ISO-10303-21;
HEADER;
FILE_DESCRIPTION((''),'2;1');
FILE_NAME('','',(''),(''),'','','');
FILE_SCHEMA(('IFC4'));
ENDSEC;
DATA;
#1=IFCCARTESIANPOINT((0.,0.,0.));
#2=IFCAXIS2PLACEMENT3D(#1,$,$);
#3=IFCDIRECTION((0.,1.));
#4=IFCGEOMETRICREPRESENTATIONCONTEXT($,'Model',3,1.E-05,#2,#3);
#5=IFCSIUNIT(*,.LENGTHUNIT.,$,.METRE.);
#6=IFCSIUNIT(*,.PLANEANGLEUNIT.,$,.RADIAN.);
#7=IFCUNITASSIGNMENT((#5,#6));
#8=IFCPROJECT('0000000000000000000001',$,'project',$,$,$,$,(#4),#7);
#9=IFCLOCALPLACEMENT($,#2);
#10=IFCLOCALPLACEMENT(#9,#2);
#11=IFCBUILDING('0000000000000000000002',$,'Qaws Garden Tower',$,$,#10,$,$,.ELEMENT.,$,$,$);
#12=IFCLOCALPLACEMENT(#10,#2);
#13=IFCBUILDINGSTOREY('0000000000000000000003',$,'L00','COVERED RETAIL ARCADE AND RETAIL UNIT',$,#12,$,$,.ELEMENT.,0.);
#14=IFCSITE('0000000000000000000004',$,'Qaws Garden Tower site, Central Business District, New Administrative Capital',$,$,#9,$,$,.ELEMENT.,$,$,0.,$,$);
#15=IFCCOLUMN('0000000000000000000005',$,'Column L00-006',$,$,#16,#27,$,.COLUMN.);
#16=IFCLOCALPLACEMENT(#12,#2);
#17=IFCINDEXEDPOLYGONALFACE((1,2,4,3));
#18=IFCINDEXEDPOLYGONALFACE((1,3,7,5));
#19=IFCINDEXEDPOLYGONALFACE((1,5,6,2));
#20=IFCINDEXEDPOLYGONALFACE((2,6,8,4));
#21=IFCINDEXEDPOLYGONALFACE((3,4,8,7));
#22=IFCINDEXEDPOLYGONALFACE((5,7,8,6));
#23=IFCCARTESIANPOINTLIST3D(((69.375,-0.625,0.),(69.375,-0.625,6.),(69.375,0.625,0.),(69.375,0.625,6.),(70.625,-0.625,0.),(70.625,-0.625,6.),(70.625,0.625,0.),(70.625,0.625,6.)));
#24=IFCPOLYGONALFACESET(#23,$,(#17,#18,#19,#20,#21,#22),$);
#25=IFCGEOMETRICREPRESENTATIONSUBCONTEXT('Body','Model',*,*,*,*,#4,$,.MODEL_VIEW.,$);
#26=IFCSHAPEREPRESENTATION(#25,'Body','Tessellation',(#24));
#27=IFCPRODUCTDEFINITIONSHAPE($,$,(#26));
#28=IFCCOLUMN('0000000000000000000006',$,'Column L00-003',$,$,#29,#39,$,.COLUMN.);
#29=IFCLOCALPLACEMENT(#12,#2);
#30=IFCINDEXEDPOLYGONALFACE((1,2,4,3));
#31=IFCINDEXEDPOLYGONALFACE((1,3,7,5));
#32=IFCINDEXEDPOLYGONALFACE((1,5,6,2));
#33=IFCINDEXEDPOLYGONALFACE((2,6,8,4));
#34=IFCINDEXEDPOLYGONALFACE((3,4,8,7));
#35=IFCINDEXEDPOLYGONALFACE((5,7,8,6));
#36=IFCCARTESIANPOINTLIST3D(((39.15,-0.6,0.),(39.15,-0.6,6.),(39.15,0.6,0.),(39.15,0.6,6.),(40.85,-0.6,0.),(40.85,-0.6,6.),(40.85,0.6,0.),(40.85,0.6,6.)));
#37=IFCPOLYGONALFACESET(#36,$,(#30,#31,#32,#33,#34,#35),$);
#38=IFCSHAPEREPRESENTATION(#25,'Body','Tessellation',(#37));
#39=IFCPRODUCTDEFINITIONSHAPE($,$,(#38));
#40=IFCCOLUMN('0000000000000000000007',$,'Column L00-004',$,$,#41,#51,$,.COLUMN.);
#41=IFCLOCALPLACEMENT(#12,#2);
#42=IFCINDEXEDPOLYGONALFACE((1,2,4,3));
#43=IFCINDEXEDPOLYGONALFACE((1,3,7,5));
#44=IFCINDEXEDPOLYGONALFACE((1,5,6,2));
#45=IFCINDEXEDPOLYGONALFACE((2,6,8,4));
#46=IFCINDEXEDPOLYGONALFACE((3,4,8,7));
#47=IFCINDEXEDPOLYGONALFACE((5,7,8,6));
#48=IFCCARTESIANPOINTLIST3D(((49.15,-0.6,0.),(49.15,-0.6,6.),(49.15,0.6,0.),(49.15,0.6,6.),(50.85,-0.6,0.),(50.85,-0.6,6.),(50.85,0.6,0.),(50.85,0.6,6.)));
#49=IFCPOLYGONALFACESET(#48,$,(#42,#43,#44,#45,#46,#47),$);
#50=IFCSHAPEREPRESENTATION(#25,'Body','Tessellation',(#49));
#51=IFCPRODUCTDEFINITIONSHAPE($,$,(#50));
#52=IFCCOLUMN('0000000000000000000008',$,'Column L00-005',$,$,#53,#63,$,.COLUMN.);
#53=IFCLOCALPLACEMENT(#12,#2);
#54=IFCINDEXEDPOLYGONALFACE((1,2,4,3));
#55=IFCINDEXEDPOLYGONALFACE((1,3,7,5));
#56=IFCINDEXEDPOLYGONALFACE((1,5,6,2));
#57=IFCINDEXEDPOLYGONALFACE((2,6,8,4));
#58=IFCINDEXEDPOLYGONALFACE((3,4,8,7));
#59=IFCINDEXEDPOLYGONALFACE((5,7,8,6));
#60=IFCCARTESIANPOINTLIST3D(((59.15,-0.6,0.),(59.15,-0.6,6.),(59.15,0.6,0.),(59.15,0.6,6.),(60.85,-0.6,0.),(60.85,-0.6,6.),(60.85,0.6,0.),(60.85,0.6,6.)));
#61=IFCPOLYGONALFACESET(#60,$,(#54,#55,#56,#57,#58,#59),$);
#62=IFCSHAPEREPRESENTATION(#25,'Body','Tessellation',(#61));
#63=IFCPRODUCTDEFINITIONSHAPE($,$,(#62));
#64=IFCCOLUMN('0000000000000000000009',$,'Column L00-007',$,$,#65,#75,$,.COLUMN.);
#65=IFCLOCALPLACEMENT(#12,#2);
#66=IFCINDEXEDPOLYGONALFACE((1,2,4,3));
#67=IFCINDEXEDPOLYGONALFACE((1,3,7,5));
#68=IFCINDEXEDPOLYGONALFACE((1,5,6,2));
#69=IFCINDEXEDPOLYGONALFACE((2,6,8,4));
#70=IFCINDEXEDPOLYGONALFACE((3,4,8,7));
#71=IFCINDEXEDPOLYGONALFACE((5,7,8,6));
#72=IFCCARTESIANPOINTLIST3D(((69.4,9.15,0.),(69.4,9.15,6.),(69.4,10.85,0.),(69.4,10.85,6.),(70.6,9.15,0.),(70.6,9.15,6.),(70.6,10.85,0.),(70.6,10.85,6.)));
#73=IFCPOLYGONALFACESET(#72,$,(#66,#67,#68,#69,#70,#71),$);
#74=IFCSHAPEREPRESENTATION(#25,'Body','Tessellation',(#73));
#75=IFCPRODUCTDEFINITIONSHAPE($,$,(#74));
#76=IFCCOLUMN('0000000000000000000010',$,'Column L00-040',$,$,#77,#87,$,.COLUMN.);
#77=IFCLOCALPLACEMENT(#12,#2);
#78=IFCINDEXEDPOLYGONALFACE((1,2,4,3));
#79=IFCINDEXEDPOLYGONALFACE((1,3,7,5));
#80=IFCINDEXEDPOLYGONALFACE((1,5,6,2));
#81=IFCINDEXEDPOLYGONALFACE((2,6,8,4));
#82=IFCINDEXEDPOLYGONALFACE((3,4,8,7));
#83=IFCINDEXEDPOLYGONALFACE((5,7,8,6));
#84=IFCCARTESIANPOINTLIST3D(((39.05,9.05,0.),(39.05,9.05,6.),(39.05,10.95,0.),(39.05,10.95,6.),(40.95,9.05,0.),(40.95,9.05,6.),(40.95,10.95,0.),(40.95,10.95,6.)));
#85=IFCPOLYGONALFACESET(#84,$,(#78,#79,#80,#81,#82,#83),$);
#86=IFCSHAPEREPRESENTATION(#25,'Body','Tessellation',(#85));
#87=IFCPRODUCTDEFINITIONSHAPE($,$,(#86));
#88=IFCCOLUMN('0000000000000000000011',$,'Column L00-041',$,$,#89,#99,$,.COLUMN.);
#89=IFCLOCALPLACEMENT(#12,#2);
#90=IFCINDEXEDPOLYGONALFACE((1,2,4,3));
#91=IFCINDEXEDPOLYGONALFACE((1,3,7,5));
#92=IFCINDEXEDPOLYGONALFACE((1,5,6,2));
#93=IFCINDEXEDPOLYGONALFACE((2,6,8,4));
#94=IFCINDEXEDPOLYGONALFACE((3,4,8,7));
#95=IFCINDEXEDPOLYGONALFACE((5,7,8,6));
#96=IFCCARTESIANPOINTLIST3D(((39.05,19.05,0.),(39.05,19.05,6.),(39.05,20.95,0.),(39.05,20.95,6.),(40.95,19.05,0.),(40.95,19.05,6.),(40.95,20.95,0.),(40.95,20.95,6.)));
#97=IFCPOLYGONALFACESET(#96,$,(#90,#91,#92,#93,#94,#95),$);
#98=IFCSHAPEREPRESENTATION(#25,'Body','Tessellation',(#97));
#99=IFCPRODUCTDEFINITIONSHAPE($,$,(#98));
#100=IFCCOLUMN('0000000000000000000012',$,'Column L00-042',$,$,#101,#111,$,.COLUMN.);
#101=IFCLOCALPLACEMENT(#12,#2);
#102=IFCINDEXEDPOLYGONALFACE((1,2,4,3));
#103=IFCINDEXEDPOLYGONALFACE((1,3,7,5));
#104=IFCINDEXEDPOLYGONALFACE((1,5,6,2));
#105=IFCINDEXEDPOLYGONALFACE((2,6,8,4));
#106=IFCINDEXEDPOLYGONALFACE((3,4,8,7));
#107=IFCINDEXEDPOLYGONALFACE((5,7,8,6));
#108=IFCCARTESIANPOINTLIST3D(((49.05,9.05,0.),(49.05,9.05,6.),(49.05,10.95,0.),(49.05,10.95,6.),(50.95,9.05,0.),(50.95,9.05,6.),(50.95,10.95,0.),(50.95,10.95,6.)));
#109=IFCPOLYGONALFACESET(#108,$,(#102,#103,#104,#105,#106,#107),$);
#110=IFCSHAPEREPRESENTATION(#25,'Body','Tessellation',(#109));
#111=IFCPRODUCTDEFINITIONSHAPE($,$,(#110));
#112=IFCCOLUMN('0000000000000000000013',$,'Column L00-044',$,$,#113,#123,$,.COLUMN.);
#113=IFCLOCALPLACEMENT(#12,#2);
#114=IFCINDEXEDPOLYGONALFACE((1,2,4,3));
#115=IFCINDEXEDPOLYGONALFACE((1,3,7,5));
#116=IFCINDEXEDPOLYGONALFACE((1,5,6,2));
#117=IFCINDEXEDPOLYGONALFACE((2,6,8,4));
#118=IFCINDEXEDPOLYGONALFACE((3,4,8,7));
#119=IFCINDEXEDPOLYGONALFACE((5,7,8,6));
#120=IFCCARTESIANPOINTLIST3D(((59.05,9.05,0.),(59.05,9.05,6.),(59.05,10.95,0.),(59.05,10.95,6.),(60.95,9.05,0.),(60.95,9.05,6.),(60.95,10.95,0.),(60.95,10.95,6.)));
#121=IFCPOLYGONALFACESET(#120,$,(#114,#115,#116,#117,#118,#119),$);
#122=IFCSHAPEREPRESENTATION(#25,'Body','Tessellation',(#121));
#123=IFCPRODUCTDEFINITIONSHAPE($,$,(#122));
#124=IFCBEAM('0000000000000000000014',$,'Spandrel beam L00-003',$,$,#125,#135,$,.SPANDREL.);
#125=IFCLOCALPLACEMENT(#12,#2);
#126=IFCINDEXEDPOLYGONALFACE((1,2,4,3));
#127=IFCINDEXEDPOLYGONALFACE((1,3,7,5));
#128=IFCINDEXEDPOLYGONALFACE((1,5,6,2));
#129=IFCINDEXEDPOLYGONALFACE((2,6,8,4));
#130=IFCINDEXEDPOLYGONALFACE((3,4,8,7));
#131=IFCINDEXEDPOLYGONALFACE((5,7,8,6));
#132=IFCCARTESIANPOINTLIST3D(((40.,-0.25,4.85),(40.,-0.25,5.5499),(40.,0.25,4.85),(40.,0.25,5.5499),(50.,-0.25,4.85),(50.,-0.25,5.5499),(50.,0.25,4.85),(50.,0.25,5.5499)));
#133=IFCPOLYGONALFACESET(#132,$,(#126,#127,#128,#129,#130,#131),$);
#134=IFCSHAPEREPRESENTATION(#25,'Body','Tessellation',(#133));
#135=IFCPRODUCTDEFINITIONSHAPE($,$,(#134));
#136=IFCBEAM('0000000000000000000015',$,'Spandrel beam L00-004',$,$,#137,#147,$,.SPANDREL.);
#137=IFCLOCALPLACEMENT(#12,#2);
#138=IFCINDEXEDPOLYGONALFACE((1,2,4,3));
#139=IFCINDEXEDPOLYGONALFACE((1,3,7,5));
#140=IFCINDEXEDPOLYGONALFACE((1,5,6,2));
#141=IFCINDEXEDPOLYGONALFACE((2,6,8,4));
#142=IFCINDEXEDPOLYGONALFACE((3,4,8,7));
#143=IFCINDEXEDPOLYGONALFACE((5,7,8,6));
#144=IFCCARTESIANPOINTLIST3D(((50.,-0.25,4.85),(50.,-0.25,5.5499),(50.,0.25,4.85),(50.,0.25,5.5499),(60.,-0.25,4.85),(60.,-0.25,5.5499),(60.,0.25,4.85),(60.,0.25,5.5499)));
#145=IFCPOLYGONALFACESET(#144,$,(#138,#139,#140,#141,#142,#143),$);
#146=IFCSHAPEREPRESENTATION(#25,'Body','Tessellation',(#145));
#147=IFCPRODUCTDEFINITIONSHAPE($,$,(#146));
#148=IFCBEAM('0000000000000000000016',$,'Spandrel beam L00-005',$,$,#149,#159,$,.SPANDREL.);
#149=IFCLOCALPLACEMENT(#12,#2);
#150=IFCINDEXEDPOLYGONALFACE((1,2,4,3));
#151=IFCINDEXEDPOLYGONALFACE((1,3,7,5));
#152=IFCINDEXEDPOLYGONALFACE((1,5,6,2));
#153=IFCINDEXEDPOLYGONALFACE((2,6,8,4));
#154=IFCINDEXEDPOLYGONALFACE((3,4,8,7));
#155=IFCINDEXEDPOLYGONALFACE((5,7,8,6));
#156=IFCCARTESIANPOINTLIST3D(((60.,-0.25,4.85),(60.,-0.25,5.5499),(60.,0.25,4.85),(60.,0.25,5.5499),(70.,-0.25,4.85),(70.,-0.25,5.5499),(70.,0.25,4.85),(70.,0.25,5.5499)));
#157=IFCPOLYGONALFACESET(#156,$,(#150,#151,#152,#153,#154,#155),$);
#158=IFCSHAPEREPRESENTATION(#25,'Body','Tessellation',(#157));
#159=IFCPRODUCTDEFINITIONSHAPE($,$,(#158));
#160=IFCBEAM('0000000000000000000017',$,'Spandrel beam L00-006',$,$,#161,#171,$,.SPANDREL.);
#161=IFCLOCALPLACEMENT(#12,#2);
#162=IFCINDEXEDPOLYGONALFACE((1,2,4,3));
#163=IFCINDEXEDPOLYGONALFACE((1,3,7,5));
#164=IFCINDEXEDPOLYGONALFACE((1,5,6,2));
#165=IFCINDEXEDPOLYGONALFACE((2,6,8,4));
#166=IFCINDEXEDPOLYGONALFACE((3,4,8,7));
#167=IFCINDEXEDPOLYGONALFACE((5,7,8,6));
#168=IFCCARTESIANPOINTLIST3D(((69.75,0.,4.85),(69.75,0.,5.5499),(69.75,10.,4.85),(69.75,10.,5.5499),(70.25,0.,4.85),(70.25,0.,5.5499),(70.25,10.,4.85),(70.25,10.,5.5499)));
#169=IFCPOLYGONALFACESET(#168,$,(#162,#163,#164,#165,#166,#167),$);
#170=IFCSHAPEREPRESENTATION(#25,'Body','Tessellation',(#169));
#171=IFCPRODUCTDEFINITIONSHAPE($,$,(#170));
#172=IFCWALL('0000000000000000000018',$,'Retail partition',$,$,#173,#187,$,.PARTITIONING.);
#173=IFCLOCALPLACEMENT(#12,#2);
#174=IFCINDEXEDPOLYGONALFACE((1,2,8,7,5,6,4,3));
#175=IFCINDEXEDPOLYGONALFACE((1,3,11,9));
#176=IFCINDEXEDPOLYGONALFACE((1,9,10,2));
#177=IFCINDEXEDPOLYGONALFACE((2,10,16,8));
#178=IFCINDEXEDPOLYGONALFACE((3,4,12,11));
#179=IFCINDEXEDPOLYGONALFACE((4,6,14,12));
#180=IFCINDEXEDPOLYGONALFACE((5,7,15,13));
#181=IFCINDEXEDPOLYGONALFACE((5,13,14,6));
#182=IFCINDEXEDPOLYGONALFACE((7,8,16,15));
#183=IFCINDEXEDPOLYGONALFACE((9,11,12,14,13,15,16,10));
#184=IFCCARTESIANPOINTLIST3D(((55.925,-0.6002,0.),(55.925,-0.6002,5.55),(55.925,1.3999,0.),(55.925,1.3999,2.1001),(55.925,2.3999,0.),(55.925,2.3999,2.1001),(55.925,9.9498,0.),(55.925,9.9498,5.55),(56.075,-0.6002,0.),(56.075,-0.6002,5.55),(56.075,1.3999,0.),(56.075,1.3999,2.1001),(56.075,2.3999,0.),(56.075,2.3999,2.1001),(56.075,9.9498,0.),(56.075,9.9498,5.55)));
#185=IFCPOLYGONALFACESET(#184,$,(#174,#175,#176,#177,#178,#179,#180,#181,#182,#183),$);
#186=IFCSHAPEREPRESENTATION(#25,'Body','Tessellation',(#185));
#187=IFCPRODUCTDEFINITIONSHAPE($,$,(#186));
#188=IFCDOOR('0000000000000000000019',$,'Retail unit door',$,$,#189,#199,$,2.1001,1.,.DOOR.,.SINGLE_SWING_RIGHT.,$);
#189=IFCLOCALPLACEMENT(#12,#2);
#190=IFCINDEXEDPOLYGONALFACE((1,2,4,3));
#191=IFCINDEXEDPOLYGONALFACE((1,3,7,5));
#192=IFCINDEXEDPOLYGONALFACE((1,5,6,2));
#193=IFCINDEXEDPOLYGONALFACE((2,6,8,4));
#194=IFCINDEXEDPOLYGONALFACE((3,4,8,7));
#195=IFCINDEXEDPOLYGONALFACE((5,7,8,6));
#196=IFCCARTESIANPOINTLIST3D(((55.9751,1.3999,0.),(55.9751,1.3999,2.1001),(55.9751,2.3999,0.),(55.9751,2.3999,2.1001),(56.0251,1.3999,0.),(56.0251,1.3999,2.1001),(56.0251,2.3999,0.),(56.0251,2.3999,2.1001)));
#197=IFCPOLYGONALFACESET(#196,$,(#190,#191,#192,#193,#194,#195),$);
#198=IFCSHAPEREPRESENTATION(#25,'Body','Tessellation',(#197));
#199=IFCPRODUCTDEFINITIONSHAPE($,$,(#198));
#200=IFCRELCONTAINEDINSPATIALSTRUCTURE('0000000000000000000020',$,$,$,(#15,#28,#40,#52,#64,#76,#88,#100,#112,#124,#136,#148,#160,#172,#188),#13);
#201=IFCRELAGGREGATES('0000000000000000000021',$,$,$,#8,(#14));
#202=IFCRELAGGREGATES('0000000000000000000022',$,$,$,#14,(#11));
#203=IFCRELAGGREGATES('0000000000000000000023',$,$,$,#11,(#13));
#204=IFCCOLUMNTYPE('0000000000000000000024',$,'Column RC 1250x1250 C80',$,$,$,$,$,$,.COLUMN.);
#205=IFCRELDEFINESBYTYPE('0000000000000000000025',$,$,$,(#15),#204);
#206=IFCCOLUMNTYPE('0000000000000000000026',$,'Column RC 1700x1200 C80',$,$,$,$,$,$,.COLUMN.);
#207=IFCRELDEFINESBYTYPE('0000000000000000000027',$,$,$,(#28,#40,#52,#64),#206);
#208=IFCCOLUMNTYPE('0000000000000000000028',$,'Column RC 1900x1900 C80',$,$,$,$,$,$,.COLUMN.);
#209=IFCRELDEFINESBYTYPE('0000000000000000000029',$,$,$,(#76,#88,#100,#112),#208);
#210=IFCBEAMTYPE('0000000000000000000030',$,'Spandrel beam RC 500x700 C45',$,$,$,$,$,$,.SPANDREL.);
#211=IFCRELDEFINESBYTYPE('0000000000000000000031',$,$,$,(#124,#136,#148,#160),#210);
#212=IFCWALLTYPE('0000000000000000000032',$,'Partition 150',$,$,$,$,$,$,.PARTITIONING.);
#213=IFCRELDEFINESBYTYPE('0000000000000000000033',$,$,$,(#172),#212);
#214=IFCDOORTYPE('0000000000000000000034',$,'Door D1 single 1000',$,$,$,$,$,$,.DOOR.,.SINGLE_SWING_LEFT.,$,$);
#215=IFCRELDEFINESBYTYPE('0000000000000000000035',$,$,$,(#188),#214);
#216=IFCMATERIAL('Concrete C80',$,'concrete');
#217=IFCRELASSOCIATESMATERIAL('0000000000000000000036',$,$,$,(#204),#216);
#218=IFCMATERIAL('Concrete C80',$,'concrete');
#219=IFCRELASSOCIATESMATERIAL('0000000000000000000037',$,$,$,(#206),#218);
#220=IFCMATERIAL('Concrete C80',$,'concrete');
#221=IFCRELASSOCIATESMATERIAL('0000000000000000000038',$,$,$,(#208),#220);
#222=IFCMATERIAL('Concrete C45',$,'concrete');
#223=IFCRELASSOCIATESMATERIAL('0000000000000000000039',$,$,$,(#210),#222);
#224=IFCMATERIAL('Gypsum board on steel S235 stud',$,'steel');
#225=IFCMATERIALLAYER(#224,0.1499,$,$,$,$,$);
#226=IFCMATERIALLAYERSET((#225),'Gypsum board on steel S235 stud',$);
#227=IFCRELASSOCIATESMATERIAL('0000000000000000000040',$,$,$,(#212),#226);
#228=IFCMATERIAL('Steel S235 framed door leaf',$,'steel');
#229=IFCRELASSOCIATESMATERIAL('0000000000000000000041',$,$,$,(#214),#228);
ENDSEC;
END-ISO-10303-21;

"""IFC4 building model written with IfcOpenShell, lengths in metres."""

from ifc_helpers import new_model, si_unit, direction, frame, frame_2d, origin, origin_2d, place, context, subcontext, project, spatial, rectangle, extrude, material, layer, layer_set, material_profile, profile_set, type_object, element, fill, save


model = new_model("IFC4")

# Units and contexts
model_context = context("Model", 3, precision=1e-05, world=origin(), true_north=direction((0.0, 1.0)))
body_context = subcontext(model_context, "Body", "Model", "MODEL_VIEW")
ifc_project = project(units=[si_unit("LENGTHUNIT", "METRE"), si_unit("PLANEANGLEUNIT", "RADIAN")], contexts=[model_context])

# Site, building, storey
site_placement = place(None, origin())
site = spatial("IfcSite", under=ifc_project, at=site_placement, Name="Qaws Garden Tower site, Central Business District, New Administrative Capital", CompositionType="ELEMENT", RefElevation=0.0)
building_placement = place(site_placement, origin())
building = spatial("IfcBuilding", under=site, at=building_placement, Name="Qaws Garden Tower", CompositionType="ELEMENT")
storey_placement = place(building_placement, origin())
storey = spatial("IfcBuildingStorey", under=building, at=storey_placement, Name="L00", Description="COVERED RETAIL ARCADE AND RETAIL UNIT", CompositionType="ELEMENT", Elevation=0.0)

# Columns
ifc_material_1 = material(Name="Concrete C80", Category="concrete")
ifc_material_profile_1 = material_profile(ifc_material_1, rectangle(XDim=1.25, YDim=1.25, at=origin_2d()), Name="RC 1250x1250")
ifc_profile_set_1 = profile_set([ifc_material_profile_1], Name="Concrete C80")
column_type_1 = type_object("IfcColumnType", Name="Column RC 1250x1250 C80", PredefinedType="COLUMN", material=ifc_profile_set_1)
column_placement = place(storey_placement, frame((70.0, 0.0, 0.0), z_axis=(0.0, 0.0, 1.0), x_axis=(1.0, 0.0, 0.0)))
element("IfcColumn", 1, at=column_placement, inside=storey, type_object=column_type_1, Name="Column L00-006", PredefinedType="COLUMN", context=body_context, shape_type="SweptSolid", body=[
    extrude(rectangle(XDim=1.25, YDim=1.25, at=origin_2d()), origin(), (0.0, 0.0, 1.0), 6.0),
])
ifc_material_2 = material(Name="Concrete C80", Category="concrete")
ifc_material_profile_2 = material_profile(ifc_material_2, rectangle(XDim=1.7, YDim=1.2, at=origin_2d()), Name="RC 1700x1200")
ifc_profile_set_2 = profile_set([ifc_material_profile_2], Name="Concrete C80")
column_type_2 = type_object("IfcColumnType", Name="Column RC 1700x1200 C80", PredefinedType="COLUMN", material=ifc_profile_set_2)
for number, where, z_axis, x_axis, name in (
    (2, (40.0, 0.0, 0.0), (0.0, 0.0, 1.0), (1.0, 0.0, 0.0), "Column L00-003"),
    (3, (50.0, 0.0, 0.0), (0.0, 0.0, 1.0), (1.0, 0.0, 0.0), "Column L00-004"),
    (4, (60.0, 0.0, 0.0), (0.0, 0.0, 1.0), (1.0, 0.0, 0.0), "Column L00-005"),
    (5, (70.0, 10.0, 0.0), (0.0, 0.0, 1.0), (0.0, 1.0, 0.0), "Column L00-007"),
):
    element("IfcColumn", number, at=place(storey_placement, frame(where, z_axis=z_axis, x_axis=x_axis)), inside=storey, type_object=column_type_2, Name=name, PredefinedType="COLUMN", context=body_context, shape_type="SweptSolid", body=[
        extrude(rectangle(XDim=1.7, YDim=1.2, at=origin_2d()), origin(), (0.0, 0.0, 1.0), 6.0),
    ])
ifc_material_3 = material(Name="Concrete C80", Category="concrete")
ifc_material_profile_3 = material_profile(ifc_material_3, rectangle(XDim=1.8999, YDim=1.8999, at=origin_2d()), Name="RC 1900x1900")
ifc_profile_set_3 = profile_set([ifc_material_profile_3], Name="Concrete C80")
column_type_3 = type_object("IfcColumnType", Name="Column RC 1900x1900 C80", PredefinedType="COLUMN", material=ifc_profile_set_3)
for number, where, z_axis, x_axis, name in (
    (6, (40.0, 10.0, 0.0), (0.0, 0.0, 1.0), (1.0, 0.0, 0.0), "Column L00-040"),
    (7, (40.0, 20.0, 0.0), (0.0, 0.0, 1.0), (1.0, 0.0, 0.0), "Column L00-041"),
    (8, (50.0, 10.0, 0.0), (0.0, 0.0, 1.0), (1.0, 0.0, 0.0), "Column L00-042"),
    (9, (60.0, 10.0, 0.0), (0.0, 0.0, 1.0), (1.0, 0.0, 0.0), "Column L00-044"),
):
    element("IfcColumn", number, at=place(storey_placement, frame(where, z_axis=z_axis, x_axis=x_axis)), inside=storey, type_object=column_type_3, Name=name, PredefinedType="COLUMN", context=body_context, shape_type="SweptSolid", body=[
        extrude(rectangle(XDim=1.8999, YDim=1.8999, at=origin_2d()), origin(), (0.0, 0.0, 1.0), 6.0),
    ])

# Beams
ifc_material_4 = material(Name="Concrete C45", Category="concrete")
ifc_material_profile_4 = material_profile(ifc_material_4, rectangle(XDim=0.5, YDim=0.7, at=origin_2d()), Name="RC 500x700")
ifc_profile_set_4 = profile_set([ifc_material_profile_4], Name="Concrete C45")
beam_type = type_object("IfcBeamType", Name="Spandrel beam RC 500x700 C45", PredefinedType="SPANDREL", material=ifc_profile_set_4)
for number, where, z_axis, x_axis, name in (
    (10, (40.0, 0.0, 5.2), (1.0, 0.0, 0.0), (0.0, 1.0, 0.0), "Spandrel beam L00-003"),
    (11, (50.0, 0.0, 5.2), (1.0, 0.0, 0.0), (0.0, 1.0, 0.0), "Spandrel beam L00-004"),
    (12, (60.0, 0.0, 5.2), (1.0, 0.0, 0.0), (0.0, 1.0, 0.0), "Spandrel beam L00-005"),
    (13, (70.0, 0.0, 5.2), (0.0, 1.0, 0.0), (-1.0, 0.0, 0.0), "Spandrel beam L00-006"),
):
    element("IfcBeam", number, at=place(storey_placement, frame(where, z_axis=z_axis, x_axis=x_axis)), inside=storey, type_object=beam_type, Name=name, PredefinedType="SPANDREL", context=body_context, shape_type="SweptSolid", body=[
        extrude(rectangle(XDim=0.5, YDim=0.7, at=origin_2d()), origin(), (0.0, 0.0, 1.0), 10.0),
    ])

# Wall, opening, door
ifc_material_5 = material(Name="Gypsum board on steel S235 stud", Category="steel")
ifc_layer = layer(ifc_material_5, 0.1499)
ifc_layer_set = layer_set([ifc_layer], Name="Gypsum board on steel S235 stud")
wall_type = type_object("IfcWallType", Name="Partition 150", PredefinedType="PARTITIONING", material=ifc_layer_set)
wall_1_placement = place(storey_placement, frame((56.0, -0.6001, 0.0), z_axis=(0.0, 0.0, 1.0), x_axis=(0.0, 1.0, 0.0)))
wall_1 = element("IfcWall", 14, at=wall_1_placement, inside=storey, type_object=wall_type, Name="Retail partition", PredefinedType="PARTITIONING", context=body_context, shape_type="SweptSolid", body=[
    extrude(rectangle(XDim=10.55, YDim=0.1499, at=frame_2d((5.2749, 0.0))), origin(), (0.0, 0.0, 1.0), 5.55),
])
opening_placement = place(wall_1_placement, frame((2.0, 0.0, 0.0)))
opening = element("IfcOpeningElement", 15, at=opening_placement, cuts=wall_1, PredefinedType="OPENING", context=body_context, shape_type="SweptSolid", body=[
    extrude(rectangle(XDim=1.0, YDim=2.1001, at=frame_2d((0.5, 1.05))), frame((0.0, 0.085, 0.0), z_axis=(0.0, -1.0, 0.0), x_axis=(1.0, 0.0, 0.0)), (0.0, 0.0, 1.0), 0.1699),
])
ifc_material_6 = material(Name="Steel S235 framed door leaf", Category="steel")
door_type = type_object("IfcDoorType", Name="Door D1 single 1000", OperationType="SINGLE_SWING_LEFT", PredefinedType="DOOR", material=ifc_material_6)
door_placement = place(opening_placement, origin())
door = element("IfcDoor", 16, at=door_placement, inside=storey, type_object=door_type, Name="Retail unit door", OperationType="SINGLE_SWING_RIGHT", OverallHeight=2.1001, OverallWidth=1.0, PredefinedType="DOOR", context=body_context, shape_type="SweptSolid", body=[
    extrude(rectangle(XDim=1.0, YDim=2.1001, at=frame_2d((0.5, 1.05))), frame((0.0, 0.0249, 0.0), z_axis=(0.0, -1.0, 0.0), x_axis=(1.0, 0.0, 0.0)), (0.0, 0.0, 1.0), 0.05),
])
fill(opening, door)

save(model, "model.ifc")
